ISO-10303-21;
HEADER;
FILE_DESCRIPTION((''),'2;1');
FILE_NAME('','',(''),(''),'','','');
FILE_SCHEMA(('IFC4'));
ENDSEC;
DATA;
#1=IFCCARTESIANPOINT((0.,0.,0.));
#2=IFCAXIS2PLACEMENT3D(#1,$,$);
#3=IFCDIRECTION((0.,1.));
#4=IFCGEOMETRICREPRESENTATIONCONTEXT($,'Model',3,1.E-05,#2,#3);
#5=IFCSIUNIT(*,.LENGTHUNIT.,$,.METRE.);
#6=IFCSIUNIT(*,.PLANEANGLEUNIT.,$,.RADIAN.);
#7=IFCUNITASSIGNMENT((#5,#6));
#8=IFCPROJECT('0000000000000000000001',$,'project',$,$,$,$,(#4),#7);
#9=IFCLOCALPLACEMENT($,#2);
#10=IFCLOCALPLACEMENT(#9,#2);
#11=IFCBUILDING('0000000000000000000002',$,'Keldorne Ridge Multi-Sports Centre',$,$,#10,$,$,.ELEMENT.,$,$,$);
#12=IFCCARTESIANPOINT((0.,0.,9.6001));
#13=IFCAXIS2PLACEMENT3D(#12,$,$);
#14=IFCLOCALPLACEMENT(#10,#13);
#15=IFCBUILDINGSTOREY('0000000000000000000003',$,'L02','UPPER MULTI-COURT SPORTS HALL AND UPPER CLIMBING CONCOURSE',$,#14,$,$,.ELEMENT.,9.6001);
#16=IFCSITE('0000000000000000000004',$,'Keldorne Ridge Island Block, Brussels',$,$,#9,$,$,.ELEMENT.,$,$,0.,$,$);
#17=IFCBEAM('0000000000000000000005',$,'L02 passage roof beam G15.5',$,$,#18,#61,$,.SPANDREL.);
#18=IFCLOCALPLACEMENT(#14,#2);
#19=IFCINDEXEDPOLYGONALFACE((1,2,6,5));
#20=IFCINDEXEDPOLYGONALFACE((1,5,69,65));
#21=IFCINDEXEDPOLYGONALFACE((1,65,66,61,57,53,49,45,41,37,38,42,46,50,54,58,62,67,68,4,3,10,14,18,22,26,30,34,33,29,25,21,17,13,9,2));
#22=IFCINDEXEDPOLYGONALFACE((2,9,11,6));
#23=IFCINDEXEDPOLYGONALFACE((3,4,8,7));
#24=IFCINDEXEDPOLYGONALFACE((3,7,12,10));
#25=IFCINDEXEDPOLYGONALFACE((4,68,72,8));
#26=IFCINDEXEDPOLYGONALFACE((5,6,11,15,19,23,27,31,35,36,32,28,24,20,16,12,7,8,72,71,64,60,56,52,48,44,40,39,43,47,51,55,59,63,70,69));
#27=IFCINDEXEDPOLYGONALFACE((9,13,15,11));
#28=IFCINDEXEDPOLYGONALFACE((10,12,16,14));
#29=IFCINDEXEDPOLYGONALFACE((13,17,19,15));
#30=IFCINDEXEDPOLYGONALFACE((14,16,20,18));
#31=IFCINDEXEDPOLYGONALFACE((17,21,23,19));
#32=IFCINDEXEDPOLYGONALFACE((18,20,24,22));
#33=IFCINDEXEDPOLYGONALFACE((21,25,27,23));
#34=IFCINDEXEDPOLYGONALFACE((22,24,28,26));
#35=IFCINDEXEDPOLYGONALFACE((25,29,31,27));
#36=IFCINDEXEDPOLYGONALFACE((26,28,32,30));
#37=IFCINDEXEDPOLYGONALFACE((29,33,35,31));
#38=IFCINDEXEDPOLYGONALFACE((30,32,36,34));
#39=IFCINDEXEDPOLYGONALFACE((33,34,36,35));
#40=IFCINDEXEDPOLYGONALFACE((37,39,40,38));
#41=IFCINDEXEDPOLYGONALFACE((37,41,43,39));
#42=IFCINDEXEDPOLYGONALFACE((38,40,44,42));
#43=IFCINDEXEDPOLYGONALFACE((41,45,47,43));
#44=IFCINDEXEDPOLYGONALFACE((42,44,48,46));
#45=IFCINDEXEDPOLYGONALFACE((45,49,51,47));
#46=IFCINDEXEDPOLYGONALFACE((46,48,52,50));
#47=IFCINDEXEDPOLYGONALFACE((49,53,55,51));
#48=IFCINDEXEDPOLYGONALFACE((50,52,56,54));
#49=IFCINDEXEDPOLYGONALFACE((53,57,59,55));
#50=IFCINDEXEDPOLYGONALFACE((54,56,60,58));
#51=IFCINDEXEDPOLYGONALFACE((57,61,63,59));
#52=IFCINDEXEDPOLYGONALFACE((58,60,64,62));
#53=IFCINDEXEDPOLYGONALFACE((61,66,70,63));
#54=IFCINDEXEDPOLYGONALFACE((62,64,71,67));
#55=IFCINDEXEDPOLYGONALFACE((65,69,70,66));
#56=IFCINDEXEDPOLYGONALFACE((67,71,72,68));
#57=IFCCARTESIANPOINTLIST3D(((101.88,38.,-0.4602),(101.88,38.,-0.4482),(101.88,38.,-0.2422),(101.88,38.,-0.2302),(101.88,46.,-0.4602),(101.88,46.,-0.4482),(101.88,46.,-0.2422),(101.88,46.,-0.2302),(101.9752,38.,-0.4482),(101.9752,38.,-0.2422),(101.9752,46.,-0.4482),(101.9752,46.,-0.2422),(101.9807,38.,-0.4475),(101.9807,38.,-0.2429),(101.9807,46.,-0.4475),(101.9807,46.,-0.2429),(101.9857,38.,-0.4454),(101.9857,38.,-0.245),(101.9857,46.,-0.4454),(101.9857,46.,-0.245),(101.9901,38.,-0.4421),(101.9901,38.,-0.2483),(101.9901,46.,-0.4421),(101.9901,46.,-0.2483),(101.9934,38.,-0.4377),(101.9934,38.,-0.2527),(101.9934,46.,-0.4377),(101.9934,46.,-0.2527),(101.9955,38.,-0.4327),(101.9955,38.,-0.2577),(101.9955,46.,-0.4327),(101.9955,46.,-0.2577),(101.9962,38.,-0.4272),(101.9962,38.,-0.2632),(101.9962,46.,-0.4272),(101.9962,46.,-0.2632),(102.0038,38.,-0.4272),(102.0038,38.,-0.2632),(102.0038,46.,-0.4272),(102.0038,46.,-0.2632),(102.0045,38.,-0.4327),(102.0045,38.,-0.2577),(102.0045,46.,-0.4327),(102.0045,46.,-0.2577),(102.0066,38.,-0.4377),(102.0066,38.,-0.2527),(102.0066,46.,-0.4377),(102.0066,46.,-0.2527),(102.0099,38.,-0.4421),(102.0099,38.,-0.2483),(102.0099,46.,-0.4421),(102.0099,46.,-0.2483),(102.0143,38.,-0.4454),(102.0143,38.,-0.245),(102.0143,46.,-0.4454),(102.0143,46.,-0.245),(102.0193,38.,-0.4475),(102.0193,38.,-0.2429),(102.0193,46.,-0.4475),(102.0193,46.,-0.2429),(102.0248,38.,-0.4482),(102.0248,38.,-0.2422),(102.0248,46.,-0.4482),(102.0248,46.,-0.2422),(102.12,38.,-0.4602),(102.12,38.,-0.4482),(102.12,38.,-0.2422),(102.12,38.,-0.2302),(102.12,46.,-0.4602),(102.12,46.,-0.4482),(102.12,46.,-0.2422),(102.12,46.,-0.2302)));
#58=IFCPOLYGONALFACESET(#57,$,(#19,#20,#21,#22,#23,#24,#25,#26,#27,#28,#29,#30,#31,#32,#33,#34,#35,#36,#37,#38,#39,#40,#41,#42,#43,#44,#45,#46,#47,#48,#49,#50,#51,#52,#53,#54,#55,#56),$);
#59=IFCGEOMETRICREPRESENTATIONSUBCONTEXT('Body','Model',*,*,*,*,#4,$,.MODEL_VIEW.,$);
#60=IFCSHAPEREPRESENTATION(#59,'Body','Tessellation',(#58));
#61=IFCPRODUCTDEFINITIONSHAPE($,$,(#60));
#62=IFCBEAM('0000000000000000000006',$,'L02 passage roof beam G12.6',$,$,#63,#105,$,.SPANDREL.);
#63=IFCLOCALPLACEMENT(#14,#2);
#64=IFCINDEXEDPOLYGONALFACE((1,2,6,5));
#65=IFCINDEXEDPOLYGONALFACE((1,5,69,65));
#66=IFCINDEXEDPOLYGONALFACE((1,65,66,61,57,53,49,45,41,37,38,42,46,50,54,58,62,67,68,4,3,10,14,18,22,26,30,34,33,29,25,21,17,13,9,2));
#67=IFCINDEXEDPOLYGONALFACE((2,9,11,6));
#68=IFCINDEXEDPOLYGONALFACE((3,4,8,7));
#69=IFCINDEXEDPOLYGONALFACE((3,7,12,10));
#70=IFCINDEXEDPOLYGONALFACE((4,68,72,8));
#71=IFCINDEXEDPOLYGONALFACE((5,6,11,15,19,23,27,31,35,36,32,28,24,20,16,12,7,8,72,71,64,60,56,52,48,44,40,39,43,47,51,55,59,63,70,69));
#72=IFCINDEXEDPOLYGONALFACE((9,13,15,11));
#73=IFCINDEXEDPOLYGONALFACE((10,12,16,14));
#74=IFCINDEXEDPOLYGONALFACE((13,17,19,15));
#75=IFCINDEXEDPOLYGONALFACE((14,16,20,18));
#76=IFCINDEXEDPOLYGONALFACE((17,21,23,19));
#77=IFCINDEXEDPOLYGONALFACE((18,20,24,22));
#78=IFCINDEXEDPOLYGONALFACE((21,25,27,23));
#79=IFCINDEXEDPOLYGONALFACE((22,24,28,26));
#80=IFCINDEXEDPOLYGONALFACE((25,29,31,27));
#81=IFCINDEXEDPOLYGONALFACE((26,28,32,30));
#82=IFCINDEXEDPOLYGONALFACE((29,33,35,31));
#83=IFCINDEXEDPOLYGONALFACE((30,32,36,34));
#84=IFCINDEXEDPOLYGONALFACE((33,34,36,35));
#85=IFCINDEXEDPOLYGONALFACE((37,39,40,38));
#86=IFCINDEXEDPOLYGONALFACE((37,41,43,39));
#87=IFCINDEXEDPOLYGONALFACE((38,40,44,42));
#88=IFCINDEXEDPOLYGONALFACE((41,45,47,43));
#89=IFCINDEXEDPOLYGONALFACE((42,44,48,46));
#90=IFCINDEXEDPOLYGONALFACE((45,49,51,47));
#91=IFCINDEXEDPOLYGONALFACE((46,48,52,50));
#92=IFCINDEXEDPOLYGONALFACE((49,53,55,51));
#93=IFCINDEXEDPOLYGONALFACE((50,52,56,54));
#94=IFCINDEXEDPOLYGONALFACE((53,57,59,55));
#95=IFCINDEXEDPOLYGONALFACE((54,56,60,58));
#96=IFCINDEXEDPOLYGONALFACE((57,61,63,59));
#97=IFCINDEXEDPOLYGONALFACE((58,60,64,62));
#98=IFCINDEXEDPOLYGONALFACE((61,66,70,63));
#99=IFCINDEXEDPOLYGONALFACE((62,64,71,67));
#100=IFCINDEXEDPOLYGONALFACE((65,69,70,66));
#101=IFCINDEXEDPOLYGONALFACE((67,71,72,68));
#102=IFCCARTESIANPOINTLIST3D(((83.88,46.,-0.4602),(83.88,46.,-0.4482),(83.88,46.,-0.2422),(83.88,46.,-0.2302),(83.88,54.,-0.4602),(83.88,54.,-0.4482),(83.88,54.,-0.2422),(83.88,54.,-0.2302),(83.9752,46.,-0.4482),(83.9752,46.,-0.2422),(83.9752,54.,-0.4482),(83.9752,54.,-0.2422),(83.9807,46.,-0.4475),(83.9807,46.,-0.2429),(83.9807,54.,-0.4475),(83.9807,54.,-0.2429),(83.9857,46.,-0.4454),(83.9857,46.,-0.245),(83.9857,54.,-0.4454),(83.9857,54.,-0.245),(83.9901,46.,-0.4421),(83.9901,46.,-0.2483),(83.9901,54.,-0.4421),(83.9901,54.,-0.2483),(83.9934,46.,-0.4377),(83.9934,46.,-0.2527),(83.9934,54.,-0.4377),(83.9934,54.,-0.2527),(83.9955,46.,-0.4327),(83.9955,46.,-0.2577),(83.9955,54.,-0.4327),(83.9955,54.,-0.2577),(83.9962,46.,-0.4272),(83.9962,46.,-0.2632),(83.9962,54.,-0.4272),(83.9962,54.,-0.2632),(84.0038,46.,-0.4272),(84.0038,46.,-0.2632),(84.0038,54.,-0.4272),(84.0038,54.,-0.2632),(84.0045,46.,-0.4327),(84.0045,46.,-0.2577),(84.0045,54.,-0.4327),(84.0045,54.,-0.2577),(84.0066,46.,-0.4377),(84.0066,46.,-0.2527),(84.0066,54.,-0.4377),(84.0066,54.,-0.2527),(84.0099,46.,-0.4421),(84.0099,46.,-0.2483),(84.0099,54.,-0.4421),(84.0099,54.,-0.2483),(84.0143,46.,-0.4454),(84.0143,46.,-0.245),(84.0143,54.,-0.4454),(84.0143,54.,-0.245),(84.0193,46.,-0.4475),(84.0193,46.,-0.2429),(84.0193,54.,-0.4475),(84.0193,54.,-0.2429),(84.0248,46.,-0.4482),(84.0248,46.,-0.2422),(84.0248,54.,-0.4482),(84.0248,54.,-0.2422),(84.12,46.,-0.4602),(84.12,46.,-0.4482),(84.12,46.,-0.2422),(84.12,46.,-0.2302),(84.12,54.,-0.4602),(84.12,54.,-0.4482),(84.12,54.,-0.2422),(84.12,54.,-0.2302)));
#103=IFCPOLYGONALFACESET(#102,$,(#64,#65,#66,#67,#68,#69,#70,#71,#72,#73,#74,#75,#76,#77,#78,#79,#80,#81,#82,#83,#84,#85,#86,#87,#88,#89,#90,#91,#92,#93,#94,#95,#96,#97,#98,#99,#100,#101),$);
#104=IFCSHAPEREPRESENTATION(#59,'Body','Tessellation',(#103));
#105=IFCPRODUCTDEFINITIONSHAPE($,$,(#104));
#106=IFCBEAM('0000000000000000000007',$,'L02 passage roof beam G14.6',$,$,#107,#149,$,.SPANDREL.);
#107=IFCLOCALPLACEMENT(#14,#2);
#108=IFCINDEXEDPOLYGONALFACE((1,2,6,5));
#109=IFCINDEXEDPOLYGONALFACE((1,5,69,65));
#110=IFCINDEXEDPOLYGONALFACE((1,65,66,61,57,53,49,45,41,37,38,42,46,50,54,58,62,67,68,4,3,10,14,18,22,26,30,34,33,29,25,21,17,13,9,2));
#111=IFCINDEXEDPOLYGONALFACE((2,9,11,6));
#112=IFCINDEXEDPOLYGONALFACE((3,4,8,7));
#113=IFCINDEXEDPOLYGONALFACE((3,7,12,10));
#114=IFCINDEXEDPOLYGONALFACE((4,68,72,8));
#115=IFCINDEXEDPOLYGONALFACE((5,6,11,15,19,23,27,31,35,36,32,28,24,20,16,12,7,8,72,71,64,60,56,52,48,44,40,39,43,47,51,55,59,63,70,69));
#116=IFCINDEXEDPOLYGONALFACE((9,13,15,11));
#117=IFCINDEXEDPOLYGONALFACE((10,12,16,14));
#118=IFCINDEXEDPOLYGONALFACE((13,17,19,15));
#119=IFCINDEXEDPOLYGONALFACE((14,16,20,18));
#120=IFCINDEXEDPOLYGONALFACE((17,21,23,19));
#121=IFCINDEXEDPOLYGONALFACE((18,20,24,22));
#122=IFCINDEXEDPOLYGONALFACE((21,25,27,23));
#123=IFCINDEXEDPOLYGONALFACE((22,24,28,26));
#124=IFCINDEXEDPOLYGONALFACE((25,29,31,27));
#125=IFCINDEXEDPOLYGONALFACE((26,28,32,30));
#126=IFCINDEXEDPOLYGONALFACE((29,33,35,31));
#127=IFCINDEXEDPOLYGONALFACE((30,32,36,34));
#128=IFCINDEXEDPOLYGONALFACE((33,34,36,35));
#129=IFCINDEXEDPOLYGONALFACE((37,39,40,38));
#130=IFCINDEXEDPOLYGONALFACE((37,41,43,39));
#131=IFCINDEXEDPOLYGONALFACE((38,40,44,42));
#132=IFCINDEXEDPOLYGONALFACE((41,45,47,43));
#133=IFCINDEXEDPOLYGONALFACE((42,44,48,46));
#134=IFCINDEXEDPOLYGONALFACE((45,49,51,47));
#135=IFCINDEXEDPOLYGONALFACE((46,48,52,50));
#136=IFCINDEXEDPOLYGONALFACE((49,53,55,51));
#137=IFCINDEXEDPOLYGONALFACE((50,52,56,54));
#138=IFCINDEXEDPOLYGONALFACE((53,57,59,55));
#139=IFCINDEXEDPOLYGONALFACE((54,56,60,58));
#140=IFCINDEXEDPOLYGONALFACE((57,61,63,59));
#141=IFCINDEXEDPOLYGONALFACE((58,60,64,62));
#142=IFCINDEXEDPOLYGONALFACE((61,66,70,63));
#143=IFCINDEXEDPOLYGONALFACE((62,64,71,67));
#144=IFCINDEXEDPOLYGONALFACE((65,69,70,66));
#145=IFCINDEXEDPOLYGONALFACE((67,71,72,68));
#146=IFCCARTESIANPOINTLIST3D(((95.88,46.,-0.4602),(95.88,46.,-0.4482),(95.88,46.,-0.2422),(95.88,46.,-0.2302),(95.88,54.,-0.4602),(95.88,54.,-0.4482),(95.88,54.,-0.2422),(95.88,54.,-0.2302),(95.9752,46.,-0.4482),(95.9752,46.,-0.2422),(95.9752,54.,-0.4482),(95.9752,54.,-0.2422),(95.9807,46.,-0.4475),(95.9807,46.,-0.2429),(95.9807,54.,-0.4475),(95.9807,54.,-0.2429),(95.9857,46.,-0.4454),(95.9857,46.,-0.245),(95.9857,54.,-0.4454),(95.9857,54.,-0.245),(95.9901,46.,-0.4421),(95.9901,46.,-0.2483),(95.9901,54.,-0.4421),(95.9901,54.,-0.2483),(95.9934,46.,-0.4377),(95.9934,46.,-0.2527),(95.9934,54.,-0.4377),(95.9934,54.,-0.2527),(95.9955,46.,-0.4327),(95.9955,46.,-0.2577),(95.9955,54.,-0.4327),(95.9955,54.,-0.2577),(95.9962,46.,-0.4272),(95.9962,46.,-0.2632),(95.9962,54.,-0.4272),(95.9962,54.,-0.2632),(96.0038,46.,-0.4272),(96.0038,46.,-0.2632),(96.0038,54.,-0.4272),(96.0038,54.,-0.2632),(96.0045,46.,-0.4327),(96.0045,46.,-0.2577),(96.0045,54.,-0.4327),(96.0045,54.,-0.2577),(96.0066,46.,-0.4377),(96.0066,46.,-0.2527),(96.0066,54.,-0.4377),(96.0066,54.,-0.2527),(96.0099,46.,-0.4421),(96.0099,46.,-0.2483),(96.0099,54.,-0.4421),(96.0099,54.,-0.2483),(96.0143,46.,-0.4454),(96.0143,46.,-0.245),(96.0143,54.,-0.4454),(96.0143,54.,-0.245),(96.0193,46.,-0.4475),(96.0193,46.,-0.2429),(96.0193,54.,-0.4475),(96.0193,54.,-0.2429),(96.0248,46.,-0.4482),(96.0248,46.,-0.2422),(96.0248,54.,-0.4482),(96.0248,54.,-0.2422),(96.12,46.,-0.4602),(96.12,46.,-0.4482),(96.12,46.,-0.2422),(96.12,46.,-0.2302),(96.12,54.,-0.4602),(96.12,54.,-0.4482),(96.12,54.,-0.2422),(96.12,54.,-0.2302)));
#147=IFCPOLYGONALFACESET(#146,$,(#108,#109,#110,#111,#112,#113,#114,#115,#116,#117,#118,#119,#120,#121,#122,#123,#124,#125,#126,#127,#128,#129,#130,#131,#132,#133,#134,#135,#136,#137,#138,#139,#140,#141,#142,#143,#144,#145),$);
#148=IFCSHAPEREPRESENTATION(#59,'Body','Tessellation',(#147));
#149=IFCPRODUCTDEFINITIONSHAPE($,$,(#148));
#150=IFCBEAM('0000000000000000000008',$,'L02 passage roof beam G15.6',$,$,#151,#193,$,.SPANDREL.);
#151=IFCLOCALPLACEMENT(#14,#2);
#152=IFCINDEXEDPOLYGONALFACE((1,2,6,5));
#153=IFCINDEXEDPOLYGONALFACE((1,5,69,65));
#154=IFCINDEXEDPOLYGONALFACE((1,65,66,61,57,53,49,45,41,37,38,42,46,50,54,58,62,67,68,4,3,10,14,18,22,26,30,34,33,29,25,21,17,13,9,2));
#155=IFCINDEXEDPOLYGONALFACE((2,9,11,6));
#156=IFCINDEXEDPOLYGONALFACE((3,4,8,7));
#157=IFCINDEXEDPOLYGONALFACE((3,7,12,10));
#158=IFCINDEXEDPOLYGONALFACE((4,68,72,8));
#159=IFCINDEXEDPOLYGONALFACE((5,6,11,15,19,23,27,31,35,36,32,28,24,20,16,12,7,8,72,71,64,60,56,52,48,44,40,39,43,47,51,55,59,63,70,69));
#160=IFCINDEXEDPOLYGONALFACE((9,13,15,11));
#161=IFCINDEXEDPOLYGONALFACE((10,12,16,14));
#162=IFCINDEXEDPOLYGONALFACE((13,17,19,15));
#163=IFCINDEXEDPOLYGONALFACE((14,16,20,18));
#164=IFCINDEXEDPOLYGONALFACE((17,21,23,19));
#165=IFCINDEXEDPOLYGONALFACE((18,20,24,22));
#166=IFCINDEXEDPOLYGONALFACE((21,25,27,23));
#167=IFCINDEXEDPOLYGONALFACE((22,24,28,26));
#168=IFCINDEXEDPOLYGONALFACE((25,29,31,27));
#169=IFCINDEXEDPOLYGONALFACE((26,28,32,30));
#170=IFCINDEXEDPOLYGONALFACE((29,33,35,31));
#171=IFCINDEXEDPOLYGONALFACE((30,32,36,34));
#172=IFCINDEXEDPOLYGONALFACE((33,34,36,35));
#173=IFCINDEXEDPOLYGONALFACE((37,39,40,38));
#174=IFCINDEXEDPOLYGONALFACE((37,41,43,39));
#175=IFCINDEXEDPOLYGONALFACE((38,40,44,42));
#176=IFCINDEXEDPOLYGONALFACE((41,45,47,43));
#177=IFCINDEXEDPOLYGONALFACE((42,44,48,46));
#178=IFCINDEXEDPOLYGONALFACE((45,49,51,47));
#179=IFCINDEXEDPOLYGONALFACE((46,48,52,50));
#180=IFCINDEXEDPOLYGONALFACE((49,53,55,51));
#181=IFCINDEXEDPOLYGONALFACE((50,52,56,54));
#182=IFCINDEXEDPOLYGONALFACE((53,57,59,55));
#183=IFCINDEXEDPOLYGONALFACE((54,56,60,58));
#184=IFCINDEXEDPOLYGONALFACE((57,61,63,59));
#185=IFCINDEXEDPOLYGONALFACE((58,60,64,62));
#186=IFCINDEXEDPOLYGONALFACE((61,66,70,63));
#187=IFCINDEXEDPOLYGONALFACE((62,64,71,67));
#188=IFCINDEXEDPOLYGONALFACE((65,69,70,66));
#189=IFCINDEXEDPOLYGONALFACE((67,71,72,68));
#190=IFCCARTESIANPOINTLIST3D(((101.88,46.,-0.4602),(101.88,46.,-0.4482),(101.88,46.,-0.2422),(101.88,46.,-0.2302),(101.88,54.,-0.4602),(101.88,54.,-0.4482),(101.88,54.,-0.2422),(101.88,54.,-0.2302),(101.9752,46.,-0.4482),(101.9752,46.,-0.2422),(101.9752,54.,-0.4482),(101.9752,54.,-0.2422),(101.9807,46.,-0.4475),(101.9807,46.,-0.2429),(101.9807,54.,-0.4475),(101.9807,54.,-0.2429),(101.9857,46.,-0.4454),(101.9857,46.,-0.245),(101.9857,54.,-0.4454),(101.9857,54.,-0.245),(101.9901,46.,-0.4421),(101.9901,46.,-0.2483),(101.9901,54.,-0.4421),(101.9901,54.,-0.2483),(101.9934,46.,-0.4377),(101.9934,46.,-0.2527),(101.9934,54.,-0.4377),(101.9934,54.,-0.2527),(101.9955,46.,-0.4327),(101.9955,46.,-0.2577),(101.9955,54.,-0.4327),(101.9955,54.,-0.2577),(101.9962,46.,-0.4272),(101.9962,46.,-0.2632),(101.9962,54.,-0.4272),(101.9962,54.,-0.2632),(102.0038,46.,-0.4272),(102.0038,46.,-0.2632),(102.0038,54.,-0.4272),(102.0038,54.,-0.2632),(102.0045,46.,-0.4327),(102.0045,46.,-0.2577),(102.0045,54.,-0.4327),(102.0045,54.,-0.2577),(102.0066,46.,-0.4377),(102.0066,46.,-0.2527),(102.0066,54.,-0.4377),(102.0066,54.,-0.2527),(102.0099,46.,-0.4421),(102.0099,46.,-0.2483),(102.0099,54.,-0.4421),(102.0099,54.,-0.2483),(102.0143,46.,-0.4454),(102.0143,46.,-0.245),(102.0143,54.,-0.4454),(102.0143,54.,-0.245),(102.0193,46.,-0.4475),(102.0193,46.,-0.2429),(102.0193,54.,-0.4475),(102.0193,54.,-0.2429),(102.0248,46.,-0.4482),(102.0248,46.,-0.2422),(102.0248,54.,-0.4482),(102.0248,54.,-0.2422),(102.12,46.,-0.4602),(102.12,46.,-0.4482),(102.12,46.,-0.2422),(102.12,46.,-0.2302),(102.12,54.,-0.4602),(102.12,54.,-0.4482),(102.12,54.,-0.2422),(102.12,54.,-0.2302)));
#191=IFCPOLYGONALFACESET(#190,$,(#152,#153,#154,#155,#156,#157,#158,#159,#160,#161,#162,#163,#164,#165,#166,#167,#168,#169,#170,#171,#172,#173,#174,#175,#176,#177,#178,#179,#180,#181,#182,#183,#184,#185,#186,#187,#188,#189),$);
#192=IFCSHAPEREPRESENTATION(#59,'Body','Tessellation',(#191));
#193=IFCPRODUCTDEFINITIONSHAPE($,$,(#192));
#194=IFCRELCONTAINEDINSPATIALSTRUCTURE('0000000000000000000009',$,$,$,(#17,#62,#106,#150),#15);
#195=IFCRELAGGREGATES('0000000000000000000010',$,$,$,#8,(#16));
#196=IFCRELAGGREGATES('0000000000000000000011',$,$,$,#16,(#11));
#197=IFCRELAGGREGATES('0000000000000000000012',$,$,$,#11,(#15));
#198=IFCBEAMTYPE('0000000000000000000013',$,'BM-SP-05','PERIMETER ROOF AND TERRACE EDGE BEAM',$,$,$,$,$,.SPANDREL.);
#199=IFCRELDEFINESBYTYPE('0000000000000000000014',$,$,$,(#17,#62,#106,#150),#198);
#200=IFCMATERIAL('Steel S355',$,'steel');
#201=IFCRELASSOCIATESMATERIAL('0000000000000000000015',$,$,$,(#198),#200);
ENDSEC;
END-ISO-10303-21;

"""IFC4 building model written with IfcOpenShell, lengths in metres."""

from ifc_helpers import new_model, si_unit, direction, frame, origin, origin_2d, place, context, subcontext, project, spatial, i_section, extrude, material, material_profile, profile_set, type_object, element, save


model = new_model("IFC4")

# Units and contexts
model_context = context("Model", 3, precision=1e-05, world=origin(), true_north=direction((0.0, 1.0)))
body_context = subcontext(model_context, "Body", "Model", "MODEL_VIEW")
ifc_project = project(units=[si_unit("LENGTHUNIT", "METRE"), si_unit("PLANEANGLEUNIT", "RADIAN")], contexts=[model_context])

# Site, building, storey
site_placement = place(None, origin())
site = spatial("IfcSite", under=ifc_project, at=site_placement, Name="Keldorne Ridge Island Block, Brussels", CompositionType="ELEMENT", RefElevation=0.0)
building_placement = place(site_placement, origin())
building = spatial("IfcBuilding", under=site, at=building_placement, Name="Keldorne Ridge Multi-Sports Centre", CompositionType="ELEMENT")
storey_placement = place(building_placement, frame((0.0, 0.0, 9.6001)))
storey = spatial("IfcBuildingStorey", under=building, at=storey_placement, Name="L02", Description="UPPER MULTI-COURT SPORTS HALL AND UPPER CLIMBING CONCOURSE", CompositionType="ELEMENT", Elevation=9.6001)

# Shared definitions
ifc_material_1 = material(Name="Steel S355", Category="steel")

# Beams
ifc_material_profile_1 = material_profile(ifc_material_1, i_section(OverallWidth=0.24, OverallDepth=0.23, WebThickness=0.0076, FlangeThickness=0.012, FilletRadius=0.021, at=origin_2d()), Name="HEA 240")
ifc_profile_set_1 = profile_set([ifc_material_profile_1], Name="Steel S355")
beam_type_1 = type_object("IfcBeamType", Name="BM-SP-05", Description="PERIMETER ROOF AND TERRACE EDGE BEAM", PredefinedType="SPANDREL", material=ifc_profile_set_1)
for number, where, z_axis, x_axis, name in (
    (1, (102.0, 38.0, -0.3452), (0.0, 1.0, 0.0), (-1.0, 0.0, 0.0), "L02 passage roof beam G15.5"),
    (2, (84.0, 46.0, -0.3452), (0.0, 1.0, 0.0), (-1.0, 0.0, 0.0), "L02 passage roof beam G12.6"),
    (3, (96.0, 46.0, -0.3452), (0.0, 1.0, 0.0), (-1.0, 0.0, 0.0), "L02 passage roof beam G14.6"),
    (4, (102.0, 46.0, -0.3452), (0.0, 1.0, 0.0), (-1.0, 0.0, 0.0), "L02 passage roof beam G15.6"),
):
    element("IfcBeam", number, at=place(storey_placement, frame(where, z_axis=z_axis, x_axis=x_axis)), inside=storey, type_object=beam_type_1, Name=name, PredefinedType="SPANDREL", context=body_context, shape_type="SweptSolid", body=[
        extrude(i_section(OverallWidth=0.24, OverallDepth=0.23, WebThickness=0.0076, FlangeThickness=0.012, FilletRadius=0.021, at=origin_2d()), origin(), (0.0, 0.0, 1.0), 8.0),
    ])

save(model, "model.ifc")
